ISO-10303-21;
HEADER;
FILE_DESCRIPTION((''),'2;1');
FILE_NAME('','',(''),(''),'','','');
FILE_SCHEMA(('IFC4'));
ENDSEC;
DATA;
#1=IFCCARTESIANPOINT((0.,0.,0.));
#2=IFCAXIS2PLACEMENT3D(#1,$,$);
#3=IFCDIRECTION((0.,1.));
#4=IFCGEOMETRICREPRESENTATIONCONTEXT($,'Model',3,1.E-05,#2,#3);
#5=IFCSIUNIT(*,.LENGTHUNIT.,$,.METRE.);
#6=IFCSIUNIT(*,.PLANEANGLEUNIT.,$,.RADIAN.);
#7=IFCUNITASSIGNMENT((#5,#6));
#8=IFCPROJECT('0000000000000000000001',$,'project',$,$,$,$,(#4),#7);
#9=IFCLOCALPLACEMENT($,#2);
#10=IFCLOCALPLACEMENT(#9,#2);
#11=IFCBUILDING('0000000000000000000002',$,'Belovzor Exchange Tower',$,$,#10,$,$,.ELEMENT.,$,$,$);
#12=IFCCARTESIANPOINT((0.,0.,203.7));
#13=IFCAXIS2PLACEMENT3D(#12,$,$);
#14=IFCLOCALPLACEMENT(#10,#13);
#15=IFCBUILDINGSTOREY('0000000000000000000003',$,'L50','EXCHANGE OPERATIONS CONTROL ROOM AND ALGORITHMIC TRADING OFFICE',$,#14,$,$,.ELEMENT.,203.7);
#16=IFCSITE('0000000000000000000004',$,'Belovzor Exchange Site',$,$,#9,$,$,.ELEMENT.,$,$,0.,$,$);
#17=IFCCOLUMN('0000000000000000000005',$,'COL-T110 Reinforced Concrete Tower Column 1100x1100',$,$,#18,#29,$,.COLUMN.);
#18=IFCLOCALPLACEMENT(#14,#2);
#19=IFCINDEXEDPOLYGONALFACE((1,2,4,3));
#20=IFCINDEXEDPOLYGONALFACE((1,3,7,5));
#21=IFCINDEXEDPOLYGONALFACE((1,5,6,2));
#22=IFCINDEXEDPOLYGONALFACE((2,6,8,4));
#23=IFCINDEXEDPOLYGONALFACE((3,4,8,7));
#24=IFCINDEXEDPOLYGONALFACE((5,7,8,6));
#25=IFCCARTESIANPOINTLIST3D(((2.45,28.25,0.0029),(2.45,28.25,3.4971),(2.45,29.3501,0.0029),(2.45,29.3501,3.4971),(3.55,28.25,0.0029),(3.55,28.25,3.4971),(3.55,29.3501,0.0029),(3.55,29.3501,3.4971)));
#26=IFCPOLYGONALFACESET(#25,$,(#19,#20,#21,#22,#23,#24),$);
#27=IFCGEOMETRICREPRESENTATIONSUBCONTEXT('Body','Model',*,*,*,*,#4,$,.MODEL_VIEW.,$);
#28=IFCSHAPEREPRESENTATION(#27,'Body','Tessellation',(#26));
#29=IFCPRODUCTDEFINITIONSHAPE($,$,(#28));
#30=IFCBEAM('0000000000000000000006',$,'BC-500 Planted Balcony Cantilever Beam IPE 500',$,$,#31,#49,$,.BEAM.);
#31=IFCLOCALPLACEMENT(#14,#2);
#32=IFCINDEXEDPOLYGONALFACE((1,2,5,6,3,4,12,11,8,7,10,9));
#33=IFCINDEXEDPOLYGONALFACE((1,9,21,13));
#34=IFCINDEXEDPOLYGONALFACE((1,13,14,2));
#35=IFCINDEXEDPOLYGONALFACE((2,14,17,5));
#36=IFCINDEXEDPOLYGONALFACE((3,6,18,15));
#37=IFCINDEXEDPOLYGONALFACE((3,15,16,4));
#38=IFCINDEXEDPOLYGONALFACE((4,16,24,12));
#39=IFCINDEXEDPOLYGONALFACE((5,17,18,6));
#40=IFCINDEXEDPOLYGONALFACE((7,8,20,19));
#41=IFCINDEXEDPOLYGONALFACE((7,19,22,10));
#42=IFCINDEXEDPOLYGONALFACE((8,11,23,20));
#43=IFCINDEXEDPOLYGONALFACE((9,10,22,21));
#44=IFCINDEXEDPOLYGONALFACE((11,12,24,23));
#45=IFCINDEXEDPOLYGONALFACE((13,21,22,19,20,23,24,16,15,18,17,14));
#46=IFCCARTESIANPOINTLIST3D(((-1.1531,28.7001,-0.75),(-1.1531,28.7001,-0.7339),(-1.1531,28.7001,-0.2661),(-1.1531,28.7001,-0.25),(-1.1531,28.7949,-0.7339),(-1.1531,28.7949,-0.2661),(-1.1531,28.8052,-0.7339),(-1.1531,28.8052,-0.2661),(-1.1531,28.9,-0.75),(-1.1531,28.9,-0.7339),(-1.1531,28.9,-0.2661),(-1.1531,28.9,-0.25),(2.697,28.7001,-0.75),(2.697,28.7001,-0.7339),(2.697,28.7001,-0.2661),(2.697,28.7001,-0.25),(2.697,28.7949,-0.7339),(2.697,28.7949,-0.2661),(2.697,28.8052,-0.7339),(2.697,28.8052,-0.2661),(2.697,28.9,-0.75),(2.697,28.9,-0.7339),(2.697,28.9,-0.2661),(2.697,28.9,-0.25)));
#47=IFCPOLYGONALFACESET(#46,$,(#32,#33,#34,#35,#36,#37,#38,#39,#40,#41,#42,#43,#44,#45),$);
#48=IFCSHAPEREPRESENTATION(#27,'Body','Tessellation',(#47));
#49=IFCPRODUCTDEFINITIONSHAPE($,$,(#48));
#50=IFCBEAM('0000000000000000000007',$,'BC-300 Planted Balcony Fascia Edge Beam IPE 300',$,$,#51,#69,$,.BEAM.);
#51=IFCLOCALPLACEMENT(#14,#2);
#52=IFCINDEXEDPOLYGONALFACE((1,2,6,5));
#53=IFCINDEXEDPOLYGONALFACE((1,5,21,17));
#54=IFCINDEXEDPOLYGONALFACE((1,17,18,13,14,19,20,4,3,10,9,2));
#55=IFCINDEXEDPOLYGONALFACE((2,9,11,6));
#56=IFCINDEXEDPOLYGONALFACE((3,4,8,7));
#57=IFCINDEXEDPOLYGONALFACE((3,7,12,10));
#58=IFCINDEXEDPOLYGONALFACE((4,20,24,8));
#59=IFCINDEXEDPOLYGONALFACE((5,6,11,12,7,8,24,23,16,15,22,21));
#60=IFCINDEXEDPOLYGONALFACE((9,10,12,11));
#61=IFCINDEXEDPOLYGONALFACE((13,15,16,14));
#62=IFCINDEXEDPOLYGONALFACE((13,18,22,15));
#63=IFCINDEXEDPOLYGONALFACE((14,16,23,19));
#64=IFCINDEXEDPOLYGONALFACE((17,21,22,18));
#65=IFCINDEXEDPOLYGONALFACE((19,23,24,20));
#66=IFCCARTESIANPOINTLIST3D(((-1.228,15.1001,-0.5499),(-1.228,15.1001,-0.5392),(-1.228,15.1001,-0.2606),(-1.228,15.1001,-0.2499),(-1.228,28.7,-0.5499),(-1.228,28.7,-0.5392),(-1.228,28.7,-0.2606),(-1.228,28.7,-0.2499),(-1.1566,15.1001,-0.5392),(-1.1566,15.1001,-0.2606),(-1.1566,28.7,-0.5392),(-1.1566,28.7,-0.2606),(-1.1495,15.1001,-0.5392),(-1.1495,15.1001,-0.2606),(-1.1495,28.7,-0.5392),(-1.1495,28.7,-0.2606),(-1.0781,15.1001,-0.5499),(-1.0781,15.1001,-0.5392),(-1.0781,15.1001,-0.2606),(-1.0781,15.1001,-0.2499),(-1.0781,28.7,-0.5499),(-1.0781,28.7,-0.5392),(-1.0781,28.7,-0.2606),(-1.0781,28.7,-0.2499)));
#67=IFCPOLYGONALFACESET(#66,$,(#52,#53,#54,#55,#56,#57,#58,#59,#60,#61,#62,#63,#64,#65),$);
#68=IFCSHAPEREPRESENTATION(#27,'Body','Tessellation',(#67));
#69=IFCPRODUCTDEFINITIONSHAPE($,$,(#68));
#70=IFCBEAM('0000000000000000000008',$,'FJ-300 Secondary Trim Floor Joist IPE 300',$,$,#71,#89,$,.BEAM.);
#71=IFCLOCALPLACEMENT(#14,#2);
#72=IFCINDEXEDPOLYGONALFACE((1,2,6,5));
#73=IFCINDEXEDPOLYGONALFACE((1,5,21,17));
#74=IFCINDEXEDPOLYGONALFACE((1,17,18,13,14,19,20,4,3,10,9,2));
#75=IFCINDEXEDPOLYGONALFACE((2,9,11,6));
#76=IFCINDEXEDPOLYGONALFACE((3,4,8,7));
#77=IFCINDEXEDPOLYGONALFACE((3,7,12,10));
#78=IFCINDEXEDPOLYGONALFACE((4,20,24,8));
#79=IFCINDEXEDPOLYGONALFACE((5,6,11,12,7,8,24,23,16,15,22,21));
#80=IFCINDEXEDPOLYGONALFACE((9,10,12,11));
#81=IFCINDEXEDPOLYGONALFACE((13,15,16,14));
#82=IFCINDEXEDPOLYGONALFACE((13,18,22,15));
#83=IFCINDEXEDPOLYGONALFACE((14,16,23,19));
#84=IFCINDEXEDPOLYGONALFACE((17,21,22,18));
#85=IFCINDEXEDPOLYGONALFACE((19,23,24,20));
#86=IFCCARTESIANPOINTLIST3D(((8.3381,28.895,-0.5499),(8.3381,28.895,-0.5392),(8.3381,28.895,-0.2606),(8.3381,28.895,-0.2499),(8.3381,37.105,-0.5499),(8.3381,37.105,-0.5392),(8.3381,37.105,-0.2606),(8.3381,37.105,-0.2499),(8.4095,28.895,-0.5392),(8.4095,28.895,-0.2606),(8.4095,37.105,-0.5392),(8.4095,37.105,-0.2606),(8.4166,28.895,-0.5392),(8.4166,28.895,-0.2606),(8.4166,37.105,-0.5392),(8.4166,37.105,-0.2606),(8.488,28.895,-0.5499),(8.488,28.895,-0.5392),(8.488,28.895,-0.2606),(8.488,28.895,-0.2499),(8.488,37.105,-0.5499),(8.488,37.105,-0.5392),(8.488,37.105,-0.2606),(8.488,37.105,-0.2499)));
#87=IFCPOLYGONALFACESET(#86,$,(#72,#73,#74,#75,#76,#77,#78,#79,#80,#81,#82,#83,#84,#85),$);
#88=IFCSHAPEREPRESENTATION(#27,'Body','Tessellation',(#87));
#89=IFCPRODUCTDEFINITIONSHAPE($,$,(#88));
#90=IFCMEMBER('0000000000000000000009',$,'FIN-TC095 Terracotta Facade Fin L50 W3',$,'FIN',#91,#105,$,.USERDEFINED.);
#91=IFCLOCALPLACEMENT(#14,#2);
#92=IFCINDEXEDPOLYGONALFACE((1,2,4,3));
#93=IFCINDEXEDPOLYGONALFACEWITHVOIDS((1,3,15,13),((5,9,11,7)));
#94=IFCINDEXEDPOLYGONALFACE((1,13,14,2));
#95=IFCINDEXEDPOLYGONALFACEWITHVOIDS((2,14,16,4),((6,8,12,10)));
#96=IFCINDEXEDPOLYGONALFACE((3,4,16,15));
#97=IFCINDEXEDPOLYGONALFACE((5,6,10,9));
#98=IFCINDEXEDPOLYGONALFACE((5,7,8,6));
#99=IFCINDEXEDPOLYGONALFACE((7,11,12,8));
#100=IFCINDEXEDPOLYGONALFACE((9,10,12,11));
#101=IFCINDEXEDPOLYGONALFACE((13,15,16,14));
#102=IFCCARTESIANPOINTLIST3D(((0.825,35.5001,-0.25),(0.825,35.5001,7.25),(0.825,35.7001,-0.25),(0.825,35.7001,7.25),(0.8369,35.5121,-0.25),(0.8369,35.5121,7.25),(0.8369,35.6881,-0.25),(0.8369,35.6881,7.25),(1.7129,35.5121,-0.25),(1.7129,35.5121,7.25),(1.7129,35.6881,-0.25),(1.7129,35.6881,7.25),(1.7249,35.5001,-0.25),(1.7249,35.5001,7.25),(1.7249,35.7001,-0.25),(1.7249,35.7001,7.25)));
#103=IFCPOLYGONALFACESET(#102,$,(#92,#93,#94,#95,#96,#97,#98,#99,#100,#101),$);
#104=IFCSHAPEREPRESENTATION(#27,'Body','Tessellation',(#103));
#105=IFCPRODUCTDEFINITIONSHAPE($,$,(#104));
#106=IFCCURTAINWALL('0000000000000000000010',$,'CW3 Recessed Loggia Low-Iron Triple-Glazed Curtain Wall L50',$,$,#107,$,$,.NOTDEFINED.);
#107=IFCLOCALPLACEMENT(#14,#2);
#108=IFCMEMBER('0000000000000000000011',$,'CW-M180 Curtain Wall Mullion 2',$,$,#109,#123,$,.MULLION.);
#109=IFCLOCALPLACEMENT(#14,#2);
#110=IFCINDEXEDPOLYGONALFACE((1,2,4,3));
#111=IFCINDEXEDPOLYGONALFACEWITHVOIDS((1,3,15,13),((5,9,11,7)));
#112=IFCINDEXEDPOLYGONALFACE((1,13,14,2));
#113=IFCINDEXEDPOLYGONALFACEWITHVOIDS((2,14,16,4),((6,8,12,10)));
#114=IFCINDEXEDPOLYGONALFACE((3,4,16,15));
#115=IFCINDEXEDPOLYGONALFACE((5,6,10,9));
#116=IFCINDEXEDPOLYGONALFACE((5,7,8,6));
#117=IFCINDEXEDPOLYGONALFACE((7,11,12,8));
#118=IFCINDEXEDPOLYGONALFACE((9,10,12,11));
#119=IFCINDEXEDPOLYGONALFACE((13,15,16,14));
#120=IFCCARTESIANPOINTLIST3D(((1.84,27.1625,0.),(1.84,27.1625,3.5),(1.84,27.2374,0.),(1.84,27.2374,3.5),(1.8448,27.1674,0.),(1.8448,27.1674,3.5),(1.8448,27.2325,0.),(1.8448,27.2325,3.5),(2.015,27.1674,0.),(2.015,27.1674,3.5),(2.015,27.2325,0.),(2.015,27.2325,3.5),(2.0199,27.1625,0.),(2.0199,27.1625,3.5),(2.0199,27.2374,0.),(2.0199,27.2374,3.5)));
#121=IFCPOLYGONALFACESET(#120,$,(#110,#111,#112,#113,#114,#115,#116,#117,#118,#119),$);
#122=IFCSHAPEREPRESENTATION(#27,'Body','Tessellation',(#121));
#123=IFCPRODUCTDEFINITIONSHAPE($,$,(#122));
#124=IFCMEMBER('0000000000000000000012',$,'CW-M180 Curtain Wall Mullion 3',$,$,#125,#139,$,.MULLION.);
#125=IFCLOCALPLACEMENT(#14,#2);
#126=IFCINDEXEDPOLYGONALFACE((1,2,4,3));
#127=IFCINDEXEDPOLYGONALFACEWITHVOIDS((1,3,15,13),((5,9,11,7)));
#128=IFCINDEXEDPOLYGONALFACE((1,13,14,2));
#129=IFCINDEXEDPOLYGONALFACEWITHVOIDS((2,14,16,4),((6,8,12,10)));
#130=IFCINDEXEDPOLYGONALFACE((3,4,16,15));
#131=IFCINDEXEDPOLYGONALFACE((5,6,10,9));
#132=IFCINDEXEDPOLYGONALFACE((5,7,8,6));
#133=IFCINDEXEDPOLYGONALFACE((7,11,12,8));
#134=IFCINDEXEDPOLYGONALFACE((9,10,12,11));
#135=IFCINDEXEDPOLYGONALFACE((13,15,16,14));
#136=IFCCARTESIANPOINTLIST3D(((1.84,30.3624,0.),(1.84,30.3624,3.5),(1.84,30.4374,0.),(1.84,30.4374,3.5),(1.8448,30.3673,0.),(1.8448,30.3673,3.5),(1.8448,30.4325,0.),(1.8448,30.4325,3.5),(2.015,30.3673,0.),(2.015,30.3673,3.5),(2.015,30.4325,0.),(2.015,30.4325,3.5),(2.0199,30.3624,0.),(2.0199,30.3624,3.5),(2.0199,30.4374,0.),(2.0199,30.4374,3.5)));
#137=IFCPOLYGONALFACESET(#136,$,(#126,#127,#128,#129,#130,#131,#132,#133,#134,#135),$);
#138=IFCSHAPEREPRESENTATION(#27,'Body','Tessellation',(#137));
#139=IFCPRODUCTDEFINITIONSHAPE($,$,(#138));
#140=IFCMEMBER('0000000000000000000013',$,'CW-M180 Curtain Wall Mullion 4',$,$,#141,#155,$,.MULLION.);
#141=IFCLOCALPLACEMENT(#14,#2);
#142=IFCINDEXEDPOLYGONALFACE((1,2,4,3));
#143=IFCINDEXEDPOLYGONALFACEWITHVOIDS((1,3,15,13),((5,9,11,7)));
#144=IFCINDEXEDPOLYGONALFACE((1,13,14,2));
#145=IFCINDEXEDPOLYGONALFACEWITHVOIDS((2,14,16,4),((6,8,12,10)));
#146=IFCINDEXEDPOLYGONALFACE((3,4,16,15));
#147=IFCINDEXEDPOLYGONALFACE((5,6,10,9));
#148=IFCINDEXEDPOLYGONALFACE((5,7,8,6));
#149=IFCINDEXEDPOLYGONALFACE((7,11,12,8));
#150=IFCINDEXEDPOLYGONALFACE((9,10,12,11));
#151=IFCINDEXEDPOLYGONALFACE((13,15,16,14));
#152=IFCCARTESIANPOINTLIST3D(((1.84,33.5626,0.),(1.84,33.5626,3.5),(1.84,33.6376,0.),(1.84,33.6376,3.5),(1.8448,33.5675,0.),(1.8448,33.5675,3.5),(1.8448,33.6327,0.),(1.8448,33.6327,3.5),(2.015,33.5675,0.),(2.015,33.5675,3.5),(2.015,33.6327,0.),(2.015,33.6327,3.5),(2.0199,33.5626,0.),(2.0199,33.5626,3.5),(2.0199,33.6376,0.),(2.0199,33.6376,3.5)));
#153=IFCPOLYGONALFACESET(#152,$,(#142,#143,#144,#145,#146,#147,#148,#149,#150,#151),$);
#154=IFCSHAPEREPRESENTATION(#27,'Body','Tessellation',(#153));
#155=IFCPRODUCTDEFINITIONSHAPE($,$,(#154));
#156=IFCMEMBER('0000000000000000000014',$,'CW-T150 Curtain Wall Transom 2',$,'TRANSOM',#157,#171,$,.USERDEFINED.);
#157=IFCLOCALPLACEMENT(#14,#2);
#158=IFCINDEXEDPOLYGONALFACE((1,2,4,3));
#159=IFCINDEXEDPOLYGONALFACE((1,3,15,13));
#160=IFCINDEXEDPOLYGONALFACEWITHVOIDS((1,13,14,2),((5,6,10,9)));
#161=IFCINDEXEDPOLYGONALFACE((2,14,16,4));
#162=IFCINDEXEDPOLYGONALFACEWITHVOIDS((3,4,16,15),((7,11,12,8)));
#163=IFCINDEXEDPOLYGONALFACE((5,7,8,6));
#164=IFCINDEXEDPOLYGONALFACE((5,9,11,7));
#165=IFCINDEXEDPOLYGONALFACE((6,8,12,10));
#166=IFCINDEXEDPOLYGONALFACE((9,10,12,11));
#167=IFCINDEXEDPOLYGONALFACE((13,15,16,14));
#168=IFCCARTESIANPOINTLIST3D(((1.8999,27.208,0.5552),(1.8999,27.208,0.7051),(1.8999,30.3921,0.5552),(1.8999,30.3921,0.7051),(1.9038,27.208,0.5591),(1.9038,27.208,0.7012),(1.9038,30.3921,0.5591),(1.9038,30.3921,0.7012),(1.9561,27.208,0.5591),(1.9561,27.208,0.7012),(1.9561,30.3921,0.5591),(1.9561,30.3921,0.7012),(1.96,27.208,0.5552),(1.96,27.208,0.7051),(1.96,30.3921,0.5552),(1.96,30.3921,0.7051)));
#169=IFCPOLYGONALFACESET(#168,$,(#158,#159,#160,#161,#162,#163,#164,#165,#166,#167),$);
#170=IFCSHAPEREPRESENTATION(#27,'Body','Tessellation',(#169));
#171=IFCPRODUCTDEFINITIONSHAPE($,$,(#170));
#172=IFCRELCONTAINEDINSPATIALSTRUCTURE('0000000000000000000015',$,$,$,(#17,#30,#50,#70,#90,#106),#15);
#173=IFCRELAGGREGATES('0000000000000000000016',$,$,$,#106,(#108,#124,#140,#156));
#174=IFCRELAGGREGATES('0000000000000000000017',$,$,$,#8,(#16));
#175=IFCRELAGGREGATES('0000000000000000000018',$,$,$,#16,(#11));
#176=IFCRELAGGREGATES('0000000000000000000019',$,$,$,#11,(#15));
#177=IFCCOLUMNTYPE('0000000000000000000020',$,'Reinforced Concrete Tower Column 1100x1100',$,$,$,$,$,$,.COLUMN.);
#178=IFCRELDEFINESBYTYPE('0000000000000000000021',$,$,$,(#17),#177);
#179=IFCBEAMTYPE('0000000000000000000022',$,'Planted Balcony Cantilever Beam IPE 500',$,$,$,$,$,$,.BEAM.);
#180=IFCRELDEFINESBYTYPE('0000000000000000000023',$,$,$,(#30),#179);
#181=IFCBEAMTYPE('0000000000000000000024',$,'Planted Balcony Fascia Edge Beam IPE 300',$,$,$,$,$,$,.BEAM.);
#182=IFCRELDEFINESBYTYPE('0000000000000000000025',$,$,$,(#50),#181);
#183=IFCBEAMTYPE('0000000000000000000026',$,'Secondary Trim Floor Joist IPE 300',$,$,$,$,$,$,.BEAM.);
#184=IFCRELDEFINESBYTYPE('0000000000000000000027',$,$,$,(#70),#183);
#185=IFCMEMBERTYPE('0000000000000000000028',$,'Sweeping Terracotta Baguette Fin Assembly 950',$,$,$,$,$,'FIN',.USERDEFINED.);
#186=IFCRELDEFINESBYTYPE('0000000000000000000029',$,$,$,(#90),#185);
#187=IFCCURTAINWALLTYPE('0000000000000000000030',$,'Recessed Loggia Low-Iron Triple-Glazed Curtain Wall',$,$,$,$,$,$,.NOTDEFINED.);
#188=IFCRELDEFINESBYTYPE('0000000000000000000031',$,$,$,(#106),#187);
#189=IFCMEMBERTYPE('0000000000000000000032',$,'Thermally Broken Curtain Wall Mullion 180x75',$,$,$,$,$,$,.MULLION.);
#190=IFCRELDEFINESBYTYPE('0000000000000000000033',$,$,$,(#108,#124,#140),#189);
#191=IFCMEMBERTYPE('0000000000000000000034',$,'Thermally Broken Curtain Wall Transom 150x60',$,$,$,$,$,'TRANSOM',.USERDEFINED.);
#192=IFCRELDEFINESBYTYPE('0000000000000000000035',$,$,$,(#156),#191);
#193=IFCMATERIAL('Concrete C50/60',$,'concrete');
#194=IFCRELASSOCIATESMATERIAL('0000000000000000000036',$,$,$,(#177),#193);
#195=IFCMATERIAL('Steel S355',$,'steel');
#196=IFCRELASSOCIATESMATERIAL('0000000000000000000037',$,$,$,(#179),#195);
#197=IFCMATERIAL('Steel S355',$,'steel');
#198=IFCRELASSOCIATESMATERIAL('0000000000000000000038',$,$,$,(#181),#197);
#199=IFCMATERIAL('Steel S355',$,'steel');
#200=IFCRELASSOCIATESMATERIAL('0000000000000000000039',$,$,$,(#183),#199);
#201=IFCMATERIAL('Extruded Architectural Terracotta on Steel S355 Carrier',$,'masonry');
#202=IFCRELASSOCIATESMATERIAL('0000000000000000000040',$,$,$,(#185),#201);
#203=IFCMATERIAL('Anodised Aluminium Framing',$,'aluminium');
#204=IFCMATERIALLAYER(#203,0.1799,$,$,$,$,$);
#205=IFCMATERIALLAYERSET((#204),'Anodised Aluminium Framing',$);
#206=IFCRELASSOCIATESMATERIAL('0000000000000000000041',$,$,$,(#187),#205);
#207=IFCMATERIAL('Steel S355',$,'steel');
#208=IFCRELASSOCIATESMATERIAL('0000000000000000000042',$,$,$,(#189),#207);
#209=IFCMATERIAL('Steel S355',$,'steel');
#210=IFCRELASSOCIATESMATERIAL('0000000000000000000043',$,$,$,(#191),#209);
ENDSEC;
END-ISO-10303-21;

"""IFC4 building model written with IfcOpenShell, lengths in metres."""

from ifc_helpers import new_model, si_unit, direction, frame, origin, origin_2d, place, context, subcontext, project, spatial, rectangle, hollow_rectangle, i_section, extrude, material, layer, layer_set, material_profile, profile_set, type_object, element, aggregate, save


model = new_model("IFC4")

# Units and contexts
model_context = context("Model", 3, precision=1e-05, world=origin(), true_north=direction((0.0, 1.0)))
body_context = subcontext(model_context, "Body", "Model", "MODEL_VIEW")
ifc_project = project(units=[si_unit("LENGTHUNIT", "METRE"), si_unit("PLANEANGLEUNIT", "RADIAN")], contexts=[model_context])

# Site, building, storey
site_placement = place(None, origin())
site = spatial("IfcSite", under=ifc_project, at=site_placement, Name="Belovzor Exchange Site", CompositionType="ELEMENT", RefElevation=0.0)
building_placement = place(site_placement, origin())
building = spatial("IfcBuilding", under=site, at=building_placement, Name="Belovzor Exchange Tower", CompositionType="ELEMENT")
storey_placement = place(building_placement, frame((0.0, 0.0, 203.7)))
storey = spatial("IfcBuildingStorey", under=building, at=storey_placement, Name="L50", Description="EXCHANGE OPERATIONS CONTROL ROOM AND ALGORITHMIC TRADING OFFICE", CompositionType="ELEMENT", Elevation=203.7)

# Column
ifc_material_1 = material(Name="Concrete C50/60", Category="concrete")
ifc_material_profile_1 = material_profile(ifc_material_1, rectangle(XDim=1.1001, YDim=1.1001, at=origin_2d()))
ifc_profile_set_1 = profile_set([ifc_material_profile_1], Name="Concrete C50/60")
column_type = type_object("IfcColumnType", Name="Reinforced Concrete Tower Column 1100x1100", PredefinedType="COLUMN", material=ifc_profile_set_1)
column_placement = place(storey_placement, frame((3.0, 28.8, 0.0029), z_axis=(0.0, 0.0, 1.0), x_axis=(1.0, 0.0, 0.0)))
element("IfcColumn", 1, at=column_placement, inside=storey, type_object=column_type, Name="COL-T110 Reinforced Concrete Tower Column 1100x1100", PredefinedType="COLUMN", context=body_context, shape_type="SweptSolid", body=[
    extrude(rectangle(XDim=1.1001, YDim=1.1001, at=origin_2d()), origin(), (0.0, 0.0, 1.0), 3.4941),
])

# Beams
ifc_material_2 = material(Name="Steel S355", Category="steel")
ifc_material_profile_2 = material_profile(ifc_material_2, i_section(OverallWidth=0.2, OverallDepth=0.5, WebThickness=0.0103, FlangeThickness=0.0161, at=origin_2d()))
ifc_profile_set_2 = profile_set([ifc_material_profile_2], Name="Steel S355")
beam_type_1 = type_object("IfcBeamType", Name="Planted Balcony Cantilever Beam IPE 500", PredefinedType="BEAM", material=ifc_profile_set_2)
beam_1_placement = place(storey_placement, frame((2.697, 28.8, -0.5), z_axis=(-1.0, 0.0, 0.0), x_axis=(0.0, -1.0, 0.0)))
element("IfcBeam", 2, at=beam_1_placement, inside=storey, type_object=beam_type_1, Name="BC-500 Planted Balcony Cantilever Beam IPE 500", PredefinedType="BEAM", context=body_context, shape_type="SweptSolid", body=[
    extrude(i_section(OverallWidth=0.2, OverallDepth=0.5, WebThickness=0.0103, FlangeThickness=0.0161, at=origin_2d()), origin(), (0.0, 0.0, 1.0), 3.8501),
])
ifc_material_3 = material(Name="Steel S355", Category="steel")
ifc_material_profile_3 = material_profile(ifc_material_3, i_section(OverallWidth=0.1499, OverallDepth=0.3, WebThickness=0.0071, FlangeThickness=0.0107, at=origin_2d()))
ifc_profile_set_3 = profile_set([ifc_material_profile_3], Name="Steel S355")
beam_type_2 = type_object("IfcBeamType", Name="Planted Balcony Fascia Edge Beam IPE 300", PredefinedType="BEAM", material=ifc_profile_set_3)
beam_2_placement = place(storey_placement, frame((-1.1531, 28.7, -0.3999), z_axis=(0.0, -1.0, 0.0), x_axis=(1.0, 0.0, 0.0)))
element("IfcBeam", 3, at=beam_2_placement, inside=storey, type_object=beam_type_2, Name="BC-300 Planted Balcony Fascia Edge Beam IPE 300", PredefinedType="BEAM", context=body_context, shape_type="SweptSolid", body=[
    extrude(i_section(OverallWidth=0.1499, OverallDepth=0.3, WebThickness=0.0071, FlangeThickness=0.0107, at=origin_2d()), origin(), (0.0, 0.0, 1.0), 13.5999),
])
ifc_material_4 = material(Name="Steel S355", Category="steel")
ifc_material_profile_4 = material_profile(ifc_material_4, i_section(OverallWidth=0.1499, OverallDepth=0.3, WebThickness=0.0071, FlangeThickness=0.0107, at=origin_2d()))
ifc_profile_set_4 = profile_set([ifc_material_profile_4], Name="Steel S355")
beam_type_3 = type_object("IfcBeamType", Name="Secondary Trim Floor Joist IPE 300", PredefinedType="BEAM", material=ifc_profile_set_4)
beam_3_placement = place(storey_placement, frame((8.4131, 28.895, -0.3999), z_axis=(0.0, 1.0, 0.0), x_axis=(-1.0, 0.0, 0.0)))
element("IfcBeam", 4, at=beam_3_placement, inside=storey, type_object=beam_type_3, Name="FJ-300 Secondary Trim Floor Joist IPE 300", PredefinedType="BEAM", context=body_context, shape_type="SweptSolid", body=[
    extrude(i_section(OverallWidth=0.1499, OverallDepth=0.3, WebThickness=0.0071, FlangeThickness=0.0107, at=origin_2d()), origin(), (0.0, 0.0, 1.0), 8.21),
])

# Member
ifc_material_5 = material(Name="Extruded Architectural Terracotta on Steel S355 Carrier", Category="masonry")
ifc_material_profile_5 = material_profile(ifc_material_5, hollow_rectangle(XDim=0.2, YDim=0.8999, WallThickness=0.012, at=origin_2d()))
ifc_profile_set_5 = profile_set([ifc_material_profile_5], Name="Extruded Architectural Terracotta on Steel S355 Carrier")
member_type_1 = type_object("IfcMemberType", Name="Sweeping Terracotta Baguette Fin Assembly 950", ElementType="FIN", PredefinedType="USERDEFINED", material=ifc_profile_set_5)
member_1_placement = place(storey_placement, frame((1.2749, 35.6001, -0.25), z_axis=(0.0, 0.0, 1.0), x_axis=(0.0, 1.0, 0.0)))
element("IfcMember", 5, at=member_1_placement, inside=storey, type_object=member_type_1, Name="FIN-TC095 Terracotta Facade Fin L50 W3", ObjectType="FIN", PredefinedType="USERDEFINED", context=body_context, shape_type="SweptSolid", body=[
    extrude(hollow_rectangle(XDim=0.2, YDim=0.8999, WallThickness=0.012, at=origin_2d()), origin(), (0.0, 0.0, 1.0), 7.5),
])

# Curtain wall, members
ifc_material_6 = material(Name="Anodised Aluminium Framing", Category="aluminium")
ifc_layer_1 = layer(ifc_material_6, 0.1799)
ifc_layer_set_1 = layer_set([ifc_layer_1], Name="Anodised Aluminium Framing")
curtain_wall_type = type_object("IfcCurtainWallType", Name="Recessed Loggia Low-Iron Triple-Glazed Curtain Wall", PredefinedType="NOTDEFINED", material=ifc_layer_set_1)
curtain_wall_placement = place(storey_placement, origin())
curtain_wall = element("IfcCurtainWall", 6, at=curtain_wall_placement, inside=storey, type_object=curtain_wall_type, Name="CW3 Recessed Loggia Low-Iron Triple-Glazed Curtain Wall L50", PredefinedType="NOTDEFINED")
ifc_material_7 = material(Name="Steel S355", Category="steel")
ifc_material_profile_6 = material_profile(ifc_material_7, hollow_rectangle(XDim=0.075, YDim=0.1799, WallThickness=0.0049, at=origin_2d()))
ifc_profile_set_6 = profile_set([ifc_material_profile_6], Name="Steel S355")
member_type_2 = type_object("IfcMemberType", Name="Thermally Broken Curtain Wall Mullion 180x75", PredefinedType="MULLION", material=ifc_profile_set_6)
member_2_placement = place(storey_placement, frame((1.9299, 27.2, 0.0), z_axis=(0.0, 0.0, 1.0), x_axis=(0.0, 1.0, 0.0)))
member_2 = element("IfcMember", 7, at=member_2_placement, type_object=member_type_2, Name="CW-M180 Curtain Wall Mullion 2", PredefinedType="MULLION", context=body_context, shape_type="SweptSolid", body=[
    extrude(hollow_rectangle(XDim=0.075, YDim=0.1799, WallThickness=0.0049, at=origin_2d()), origin(), (0.0, 0.0, 1.0), 3.5),
])
member_3_placement = place(storey_placement, frame((1.9299, 30.3999, 0.0), z_axis=(0.0, 0.0, 1.0), x_axis=(0.0, 1.0, 0.0)))
member_3 = element("IfcMember", 8, at=member_3_placement, type_object=member_type_2, Name="CW-M180 Curtain Wall Mullion 3", PredefinedType="MULLION", context=body_context, shape_type="SweptSolid", body=[
    extrude(hollow_rectangle(XDim=0.075, YDim=0.1799, WallThickness=0.0049, at=origin_2d()), origin(), (0.0, 0.0, 1.0), 3.5),
])
member_4_placement = place(storey_placement, frame((1.9299, 33.6001, 0.0), z_axis=(0.0, 0.0, 1.0), x_axis=(0.0, 1.0, 0.0)))
member_4 = element("IfcMember", 9, at=member_4_placement, type_object=member_type_2, Name="CW-M180 Curtain Wall Mullion 4", PredefinedType="MULLION", context=body_context, shape_type="SweptSolid", body=[
    extrude(hollow_rectangle(XDim=0.075, YDim=0.1799, WallThickness=0.0049, at=origin_2d()), origin(), (0.0, 0.0, 1.0), 3.5),
])
ifc_material_8 = material(Name="Steel S355", Category="steel")
ifc_material_profile_7 = material_profile(ifc_material_8, hollow_rectangle(XDim=0.0601, YDim=0.1499, WallThickness=0.0039, at=origin_2d()))
ifc_profile_set_7 = profile_set([ifc_material_profile_7], Name="Steel S355")
member_type_3 = type_object("IfcMemberType", Name="Thermally Broken Curtain Wall Transom 150x60", ElementType="TRANSOM", PredefinedType="USERDEFINED", material=ifc_profile_set_7)
member_5_placement = place(storey_placement, frame((1.9299, 27.208, 0.6301), z_axis=(0.0, 1.0, 0.0), x_axis=(-1.0, 0.0, 0.0)))
member_5 = element("IfcMember", 10, at=member_5_placement, type_object=member_type_3, Name="CW-T150 Curtain Wall Transom 2", ObjectType="TRANSOM", PredefinedType="USERDEFINED", context=body_context, shape_type="SweptSolid", body=[
    extrude(hollow_rectangle(XDim=0.0601, YDim=0.1499, WallThickness=0.0039, at=origin_2d()), origin(), (0.0, 0.0, 1.0), 3.1841),
])

aggregate(curtain_wall, [member_2, member_3, member_4, member_5])

save(model, "model.ifc")
